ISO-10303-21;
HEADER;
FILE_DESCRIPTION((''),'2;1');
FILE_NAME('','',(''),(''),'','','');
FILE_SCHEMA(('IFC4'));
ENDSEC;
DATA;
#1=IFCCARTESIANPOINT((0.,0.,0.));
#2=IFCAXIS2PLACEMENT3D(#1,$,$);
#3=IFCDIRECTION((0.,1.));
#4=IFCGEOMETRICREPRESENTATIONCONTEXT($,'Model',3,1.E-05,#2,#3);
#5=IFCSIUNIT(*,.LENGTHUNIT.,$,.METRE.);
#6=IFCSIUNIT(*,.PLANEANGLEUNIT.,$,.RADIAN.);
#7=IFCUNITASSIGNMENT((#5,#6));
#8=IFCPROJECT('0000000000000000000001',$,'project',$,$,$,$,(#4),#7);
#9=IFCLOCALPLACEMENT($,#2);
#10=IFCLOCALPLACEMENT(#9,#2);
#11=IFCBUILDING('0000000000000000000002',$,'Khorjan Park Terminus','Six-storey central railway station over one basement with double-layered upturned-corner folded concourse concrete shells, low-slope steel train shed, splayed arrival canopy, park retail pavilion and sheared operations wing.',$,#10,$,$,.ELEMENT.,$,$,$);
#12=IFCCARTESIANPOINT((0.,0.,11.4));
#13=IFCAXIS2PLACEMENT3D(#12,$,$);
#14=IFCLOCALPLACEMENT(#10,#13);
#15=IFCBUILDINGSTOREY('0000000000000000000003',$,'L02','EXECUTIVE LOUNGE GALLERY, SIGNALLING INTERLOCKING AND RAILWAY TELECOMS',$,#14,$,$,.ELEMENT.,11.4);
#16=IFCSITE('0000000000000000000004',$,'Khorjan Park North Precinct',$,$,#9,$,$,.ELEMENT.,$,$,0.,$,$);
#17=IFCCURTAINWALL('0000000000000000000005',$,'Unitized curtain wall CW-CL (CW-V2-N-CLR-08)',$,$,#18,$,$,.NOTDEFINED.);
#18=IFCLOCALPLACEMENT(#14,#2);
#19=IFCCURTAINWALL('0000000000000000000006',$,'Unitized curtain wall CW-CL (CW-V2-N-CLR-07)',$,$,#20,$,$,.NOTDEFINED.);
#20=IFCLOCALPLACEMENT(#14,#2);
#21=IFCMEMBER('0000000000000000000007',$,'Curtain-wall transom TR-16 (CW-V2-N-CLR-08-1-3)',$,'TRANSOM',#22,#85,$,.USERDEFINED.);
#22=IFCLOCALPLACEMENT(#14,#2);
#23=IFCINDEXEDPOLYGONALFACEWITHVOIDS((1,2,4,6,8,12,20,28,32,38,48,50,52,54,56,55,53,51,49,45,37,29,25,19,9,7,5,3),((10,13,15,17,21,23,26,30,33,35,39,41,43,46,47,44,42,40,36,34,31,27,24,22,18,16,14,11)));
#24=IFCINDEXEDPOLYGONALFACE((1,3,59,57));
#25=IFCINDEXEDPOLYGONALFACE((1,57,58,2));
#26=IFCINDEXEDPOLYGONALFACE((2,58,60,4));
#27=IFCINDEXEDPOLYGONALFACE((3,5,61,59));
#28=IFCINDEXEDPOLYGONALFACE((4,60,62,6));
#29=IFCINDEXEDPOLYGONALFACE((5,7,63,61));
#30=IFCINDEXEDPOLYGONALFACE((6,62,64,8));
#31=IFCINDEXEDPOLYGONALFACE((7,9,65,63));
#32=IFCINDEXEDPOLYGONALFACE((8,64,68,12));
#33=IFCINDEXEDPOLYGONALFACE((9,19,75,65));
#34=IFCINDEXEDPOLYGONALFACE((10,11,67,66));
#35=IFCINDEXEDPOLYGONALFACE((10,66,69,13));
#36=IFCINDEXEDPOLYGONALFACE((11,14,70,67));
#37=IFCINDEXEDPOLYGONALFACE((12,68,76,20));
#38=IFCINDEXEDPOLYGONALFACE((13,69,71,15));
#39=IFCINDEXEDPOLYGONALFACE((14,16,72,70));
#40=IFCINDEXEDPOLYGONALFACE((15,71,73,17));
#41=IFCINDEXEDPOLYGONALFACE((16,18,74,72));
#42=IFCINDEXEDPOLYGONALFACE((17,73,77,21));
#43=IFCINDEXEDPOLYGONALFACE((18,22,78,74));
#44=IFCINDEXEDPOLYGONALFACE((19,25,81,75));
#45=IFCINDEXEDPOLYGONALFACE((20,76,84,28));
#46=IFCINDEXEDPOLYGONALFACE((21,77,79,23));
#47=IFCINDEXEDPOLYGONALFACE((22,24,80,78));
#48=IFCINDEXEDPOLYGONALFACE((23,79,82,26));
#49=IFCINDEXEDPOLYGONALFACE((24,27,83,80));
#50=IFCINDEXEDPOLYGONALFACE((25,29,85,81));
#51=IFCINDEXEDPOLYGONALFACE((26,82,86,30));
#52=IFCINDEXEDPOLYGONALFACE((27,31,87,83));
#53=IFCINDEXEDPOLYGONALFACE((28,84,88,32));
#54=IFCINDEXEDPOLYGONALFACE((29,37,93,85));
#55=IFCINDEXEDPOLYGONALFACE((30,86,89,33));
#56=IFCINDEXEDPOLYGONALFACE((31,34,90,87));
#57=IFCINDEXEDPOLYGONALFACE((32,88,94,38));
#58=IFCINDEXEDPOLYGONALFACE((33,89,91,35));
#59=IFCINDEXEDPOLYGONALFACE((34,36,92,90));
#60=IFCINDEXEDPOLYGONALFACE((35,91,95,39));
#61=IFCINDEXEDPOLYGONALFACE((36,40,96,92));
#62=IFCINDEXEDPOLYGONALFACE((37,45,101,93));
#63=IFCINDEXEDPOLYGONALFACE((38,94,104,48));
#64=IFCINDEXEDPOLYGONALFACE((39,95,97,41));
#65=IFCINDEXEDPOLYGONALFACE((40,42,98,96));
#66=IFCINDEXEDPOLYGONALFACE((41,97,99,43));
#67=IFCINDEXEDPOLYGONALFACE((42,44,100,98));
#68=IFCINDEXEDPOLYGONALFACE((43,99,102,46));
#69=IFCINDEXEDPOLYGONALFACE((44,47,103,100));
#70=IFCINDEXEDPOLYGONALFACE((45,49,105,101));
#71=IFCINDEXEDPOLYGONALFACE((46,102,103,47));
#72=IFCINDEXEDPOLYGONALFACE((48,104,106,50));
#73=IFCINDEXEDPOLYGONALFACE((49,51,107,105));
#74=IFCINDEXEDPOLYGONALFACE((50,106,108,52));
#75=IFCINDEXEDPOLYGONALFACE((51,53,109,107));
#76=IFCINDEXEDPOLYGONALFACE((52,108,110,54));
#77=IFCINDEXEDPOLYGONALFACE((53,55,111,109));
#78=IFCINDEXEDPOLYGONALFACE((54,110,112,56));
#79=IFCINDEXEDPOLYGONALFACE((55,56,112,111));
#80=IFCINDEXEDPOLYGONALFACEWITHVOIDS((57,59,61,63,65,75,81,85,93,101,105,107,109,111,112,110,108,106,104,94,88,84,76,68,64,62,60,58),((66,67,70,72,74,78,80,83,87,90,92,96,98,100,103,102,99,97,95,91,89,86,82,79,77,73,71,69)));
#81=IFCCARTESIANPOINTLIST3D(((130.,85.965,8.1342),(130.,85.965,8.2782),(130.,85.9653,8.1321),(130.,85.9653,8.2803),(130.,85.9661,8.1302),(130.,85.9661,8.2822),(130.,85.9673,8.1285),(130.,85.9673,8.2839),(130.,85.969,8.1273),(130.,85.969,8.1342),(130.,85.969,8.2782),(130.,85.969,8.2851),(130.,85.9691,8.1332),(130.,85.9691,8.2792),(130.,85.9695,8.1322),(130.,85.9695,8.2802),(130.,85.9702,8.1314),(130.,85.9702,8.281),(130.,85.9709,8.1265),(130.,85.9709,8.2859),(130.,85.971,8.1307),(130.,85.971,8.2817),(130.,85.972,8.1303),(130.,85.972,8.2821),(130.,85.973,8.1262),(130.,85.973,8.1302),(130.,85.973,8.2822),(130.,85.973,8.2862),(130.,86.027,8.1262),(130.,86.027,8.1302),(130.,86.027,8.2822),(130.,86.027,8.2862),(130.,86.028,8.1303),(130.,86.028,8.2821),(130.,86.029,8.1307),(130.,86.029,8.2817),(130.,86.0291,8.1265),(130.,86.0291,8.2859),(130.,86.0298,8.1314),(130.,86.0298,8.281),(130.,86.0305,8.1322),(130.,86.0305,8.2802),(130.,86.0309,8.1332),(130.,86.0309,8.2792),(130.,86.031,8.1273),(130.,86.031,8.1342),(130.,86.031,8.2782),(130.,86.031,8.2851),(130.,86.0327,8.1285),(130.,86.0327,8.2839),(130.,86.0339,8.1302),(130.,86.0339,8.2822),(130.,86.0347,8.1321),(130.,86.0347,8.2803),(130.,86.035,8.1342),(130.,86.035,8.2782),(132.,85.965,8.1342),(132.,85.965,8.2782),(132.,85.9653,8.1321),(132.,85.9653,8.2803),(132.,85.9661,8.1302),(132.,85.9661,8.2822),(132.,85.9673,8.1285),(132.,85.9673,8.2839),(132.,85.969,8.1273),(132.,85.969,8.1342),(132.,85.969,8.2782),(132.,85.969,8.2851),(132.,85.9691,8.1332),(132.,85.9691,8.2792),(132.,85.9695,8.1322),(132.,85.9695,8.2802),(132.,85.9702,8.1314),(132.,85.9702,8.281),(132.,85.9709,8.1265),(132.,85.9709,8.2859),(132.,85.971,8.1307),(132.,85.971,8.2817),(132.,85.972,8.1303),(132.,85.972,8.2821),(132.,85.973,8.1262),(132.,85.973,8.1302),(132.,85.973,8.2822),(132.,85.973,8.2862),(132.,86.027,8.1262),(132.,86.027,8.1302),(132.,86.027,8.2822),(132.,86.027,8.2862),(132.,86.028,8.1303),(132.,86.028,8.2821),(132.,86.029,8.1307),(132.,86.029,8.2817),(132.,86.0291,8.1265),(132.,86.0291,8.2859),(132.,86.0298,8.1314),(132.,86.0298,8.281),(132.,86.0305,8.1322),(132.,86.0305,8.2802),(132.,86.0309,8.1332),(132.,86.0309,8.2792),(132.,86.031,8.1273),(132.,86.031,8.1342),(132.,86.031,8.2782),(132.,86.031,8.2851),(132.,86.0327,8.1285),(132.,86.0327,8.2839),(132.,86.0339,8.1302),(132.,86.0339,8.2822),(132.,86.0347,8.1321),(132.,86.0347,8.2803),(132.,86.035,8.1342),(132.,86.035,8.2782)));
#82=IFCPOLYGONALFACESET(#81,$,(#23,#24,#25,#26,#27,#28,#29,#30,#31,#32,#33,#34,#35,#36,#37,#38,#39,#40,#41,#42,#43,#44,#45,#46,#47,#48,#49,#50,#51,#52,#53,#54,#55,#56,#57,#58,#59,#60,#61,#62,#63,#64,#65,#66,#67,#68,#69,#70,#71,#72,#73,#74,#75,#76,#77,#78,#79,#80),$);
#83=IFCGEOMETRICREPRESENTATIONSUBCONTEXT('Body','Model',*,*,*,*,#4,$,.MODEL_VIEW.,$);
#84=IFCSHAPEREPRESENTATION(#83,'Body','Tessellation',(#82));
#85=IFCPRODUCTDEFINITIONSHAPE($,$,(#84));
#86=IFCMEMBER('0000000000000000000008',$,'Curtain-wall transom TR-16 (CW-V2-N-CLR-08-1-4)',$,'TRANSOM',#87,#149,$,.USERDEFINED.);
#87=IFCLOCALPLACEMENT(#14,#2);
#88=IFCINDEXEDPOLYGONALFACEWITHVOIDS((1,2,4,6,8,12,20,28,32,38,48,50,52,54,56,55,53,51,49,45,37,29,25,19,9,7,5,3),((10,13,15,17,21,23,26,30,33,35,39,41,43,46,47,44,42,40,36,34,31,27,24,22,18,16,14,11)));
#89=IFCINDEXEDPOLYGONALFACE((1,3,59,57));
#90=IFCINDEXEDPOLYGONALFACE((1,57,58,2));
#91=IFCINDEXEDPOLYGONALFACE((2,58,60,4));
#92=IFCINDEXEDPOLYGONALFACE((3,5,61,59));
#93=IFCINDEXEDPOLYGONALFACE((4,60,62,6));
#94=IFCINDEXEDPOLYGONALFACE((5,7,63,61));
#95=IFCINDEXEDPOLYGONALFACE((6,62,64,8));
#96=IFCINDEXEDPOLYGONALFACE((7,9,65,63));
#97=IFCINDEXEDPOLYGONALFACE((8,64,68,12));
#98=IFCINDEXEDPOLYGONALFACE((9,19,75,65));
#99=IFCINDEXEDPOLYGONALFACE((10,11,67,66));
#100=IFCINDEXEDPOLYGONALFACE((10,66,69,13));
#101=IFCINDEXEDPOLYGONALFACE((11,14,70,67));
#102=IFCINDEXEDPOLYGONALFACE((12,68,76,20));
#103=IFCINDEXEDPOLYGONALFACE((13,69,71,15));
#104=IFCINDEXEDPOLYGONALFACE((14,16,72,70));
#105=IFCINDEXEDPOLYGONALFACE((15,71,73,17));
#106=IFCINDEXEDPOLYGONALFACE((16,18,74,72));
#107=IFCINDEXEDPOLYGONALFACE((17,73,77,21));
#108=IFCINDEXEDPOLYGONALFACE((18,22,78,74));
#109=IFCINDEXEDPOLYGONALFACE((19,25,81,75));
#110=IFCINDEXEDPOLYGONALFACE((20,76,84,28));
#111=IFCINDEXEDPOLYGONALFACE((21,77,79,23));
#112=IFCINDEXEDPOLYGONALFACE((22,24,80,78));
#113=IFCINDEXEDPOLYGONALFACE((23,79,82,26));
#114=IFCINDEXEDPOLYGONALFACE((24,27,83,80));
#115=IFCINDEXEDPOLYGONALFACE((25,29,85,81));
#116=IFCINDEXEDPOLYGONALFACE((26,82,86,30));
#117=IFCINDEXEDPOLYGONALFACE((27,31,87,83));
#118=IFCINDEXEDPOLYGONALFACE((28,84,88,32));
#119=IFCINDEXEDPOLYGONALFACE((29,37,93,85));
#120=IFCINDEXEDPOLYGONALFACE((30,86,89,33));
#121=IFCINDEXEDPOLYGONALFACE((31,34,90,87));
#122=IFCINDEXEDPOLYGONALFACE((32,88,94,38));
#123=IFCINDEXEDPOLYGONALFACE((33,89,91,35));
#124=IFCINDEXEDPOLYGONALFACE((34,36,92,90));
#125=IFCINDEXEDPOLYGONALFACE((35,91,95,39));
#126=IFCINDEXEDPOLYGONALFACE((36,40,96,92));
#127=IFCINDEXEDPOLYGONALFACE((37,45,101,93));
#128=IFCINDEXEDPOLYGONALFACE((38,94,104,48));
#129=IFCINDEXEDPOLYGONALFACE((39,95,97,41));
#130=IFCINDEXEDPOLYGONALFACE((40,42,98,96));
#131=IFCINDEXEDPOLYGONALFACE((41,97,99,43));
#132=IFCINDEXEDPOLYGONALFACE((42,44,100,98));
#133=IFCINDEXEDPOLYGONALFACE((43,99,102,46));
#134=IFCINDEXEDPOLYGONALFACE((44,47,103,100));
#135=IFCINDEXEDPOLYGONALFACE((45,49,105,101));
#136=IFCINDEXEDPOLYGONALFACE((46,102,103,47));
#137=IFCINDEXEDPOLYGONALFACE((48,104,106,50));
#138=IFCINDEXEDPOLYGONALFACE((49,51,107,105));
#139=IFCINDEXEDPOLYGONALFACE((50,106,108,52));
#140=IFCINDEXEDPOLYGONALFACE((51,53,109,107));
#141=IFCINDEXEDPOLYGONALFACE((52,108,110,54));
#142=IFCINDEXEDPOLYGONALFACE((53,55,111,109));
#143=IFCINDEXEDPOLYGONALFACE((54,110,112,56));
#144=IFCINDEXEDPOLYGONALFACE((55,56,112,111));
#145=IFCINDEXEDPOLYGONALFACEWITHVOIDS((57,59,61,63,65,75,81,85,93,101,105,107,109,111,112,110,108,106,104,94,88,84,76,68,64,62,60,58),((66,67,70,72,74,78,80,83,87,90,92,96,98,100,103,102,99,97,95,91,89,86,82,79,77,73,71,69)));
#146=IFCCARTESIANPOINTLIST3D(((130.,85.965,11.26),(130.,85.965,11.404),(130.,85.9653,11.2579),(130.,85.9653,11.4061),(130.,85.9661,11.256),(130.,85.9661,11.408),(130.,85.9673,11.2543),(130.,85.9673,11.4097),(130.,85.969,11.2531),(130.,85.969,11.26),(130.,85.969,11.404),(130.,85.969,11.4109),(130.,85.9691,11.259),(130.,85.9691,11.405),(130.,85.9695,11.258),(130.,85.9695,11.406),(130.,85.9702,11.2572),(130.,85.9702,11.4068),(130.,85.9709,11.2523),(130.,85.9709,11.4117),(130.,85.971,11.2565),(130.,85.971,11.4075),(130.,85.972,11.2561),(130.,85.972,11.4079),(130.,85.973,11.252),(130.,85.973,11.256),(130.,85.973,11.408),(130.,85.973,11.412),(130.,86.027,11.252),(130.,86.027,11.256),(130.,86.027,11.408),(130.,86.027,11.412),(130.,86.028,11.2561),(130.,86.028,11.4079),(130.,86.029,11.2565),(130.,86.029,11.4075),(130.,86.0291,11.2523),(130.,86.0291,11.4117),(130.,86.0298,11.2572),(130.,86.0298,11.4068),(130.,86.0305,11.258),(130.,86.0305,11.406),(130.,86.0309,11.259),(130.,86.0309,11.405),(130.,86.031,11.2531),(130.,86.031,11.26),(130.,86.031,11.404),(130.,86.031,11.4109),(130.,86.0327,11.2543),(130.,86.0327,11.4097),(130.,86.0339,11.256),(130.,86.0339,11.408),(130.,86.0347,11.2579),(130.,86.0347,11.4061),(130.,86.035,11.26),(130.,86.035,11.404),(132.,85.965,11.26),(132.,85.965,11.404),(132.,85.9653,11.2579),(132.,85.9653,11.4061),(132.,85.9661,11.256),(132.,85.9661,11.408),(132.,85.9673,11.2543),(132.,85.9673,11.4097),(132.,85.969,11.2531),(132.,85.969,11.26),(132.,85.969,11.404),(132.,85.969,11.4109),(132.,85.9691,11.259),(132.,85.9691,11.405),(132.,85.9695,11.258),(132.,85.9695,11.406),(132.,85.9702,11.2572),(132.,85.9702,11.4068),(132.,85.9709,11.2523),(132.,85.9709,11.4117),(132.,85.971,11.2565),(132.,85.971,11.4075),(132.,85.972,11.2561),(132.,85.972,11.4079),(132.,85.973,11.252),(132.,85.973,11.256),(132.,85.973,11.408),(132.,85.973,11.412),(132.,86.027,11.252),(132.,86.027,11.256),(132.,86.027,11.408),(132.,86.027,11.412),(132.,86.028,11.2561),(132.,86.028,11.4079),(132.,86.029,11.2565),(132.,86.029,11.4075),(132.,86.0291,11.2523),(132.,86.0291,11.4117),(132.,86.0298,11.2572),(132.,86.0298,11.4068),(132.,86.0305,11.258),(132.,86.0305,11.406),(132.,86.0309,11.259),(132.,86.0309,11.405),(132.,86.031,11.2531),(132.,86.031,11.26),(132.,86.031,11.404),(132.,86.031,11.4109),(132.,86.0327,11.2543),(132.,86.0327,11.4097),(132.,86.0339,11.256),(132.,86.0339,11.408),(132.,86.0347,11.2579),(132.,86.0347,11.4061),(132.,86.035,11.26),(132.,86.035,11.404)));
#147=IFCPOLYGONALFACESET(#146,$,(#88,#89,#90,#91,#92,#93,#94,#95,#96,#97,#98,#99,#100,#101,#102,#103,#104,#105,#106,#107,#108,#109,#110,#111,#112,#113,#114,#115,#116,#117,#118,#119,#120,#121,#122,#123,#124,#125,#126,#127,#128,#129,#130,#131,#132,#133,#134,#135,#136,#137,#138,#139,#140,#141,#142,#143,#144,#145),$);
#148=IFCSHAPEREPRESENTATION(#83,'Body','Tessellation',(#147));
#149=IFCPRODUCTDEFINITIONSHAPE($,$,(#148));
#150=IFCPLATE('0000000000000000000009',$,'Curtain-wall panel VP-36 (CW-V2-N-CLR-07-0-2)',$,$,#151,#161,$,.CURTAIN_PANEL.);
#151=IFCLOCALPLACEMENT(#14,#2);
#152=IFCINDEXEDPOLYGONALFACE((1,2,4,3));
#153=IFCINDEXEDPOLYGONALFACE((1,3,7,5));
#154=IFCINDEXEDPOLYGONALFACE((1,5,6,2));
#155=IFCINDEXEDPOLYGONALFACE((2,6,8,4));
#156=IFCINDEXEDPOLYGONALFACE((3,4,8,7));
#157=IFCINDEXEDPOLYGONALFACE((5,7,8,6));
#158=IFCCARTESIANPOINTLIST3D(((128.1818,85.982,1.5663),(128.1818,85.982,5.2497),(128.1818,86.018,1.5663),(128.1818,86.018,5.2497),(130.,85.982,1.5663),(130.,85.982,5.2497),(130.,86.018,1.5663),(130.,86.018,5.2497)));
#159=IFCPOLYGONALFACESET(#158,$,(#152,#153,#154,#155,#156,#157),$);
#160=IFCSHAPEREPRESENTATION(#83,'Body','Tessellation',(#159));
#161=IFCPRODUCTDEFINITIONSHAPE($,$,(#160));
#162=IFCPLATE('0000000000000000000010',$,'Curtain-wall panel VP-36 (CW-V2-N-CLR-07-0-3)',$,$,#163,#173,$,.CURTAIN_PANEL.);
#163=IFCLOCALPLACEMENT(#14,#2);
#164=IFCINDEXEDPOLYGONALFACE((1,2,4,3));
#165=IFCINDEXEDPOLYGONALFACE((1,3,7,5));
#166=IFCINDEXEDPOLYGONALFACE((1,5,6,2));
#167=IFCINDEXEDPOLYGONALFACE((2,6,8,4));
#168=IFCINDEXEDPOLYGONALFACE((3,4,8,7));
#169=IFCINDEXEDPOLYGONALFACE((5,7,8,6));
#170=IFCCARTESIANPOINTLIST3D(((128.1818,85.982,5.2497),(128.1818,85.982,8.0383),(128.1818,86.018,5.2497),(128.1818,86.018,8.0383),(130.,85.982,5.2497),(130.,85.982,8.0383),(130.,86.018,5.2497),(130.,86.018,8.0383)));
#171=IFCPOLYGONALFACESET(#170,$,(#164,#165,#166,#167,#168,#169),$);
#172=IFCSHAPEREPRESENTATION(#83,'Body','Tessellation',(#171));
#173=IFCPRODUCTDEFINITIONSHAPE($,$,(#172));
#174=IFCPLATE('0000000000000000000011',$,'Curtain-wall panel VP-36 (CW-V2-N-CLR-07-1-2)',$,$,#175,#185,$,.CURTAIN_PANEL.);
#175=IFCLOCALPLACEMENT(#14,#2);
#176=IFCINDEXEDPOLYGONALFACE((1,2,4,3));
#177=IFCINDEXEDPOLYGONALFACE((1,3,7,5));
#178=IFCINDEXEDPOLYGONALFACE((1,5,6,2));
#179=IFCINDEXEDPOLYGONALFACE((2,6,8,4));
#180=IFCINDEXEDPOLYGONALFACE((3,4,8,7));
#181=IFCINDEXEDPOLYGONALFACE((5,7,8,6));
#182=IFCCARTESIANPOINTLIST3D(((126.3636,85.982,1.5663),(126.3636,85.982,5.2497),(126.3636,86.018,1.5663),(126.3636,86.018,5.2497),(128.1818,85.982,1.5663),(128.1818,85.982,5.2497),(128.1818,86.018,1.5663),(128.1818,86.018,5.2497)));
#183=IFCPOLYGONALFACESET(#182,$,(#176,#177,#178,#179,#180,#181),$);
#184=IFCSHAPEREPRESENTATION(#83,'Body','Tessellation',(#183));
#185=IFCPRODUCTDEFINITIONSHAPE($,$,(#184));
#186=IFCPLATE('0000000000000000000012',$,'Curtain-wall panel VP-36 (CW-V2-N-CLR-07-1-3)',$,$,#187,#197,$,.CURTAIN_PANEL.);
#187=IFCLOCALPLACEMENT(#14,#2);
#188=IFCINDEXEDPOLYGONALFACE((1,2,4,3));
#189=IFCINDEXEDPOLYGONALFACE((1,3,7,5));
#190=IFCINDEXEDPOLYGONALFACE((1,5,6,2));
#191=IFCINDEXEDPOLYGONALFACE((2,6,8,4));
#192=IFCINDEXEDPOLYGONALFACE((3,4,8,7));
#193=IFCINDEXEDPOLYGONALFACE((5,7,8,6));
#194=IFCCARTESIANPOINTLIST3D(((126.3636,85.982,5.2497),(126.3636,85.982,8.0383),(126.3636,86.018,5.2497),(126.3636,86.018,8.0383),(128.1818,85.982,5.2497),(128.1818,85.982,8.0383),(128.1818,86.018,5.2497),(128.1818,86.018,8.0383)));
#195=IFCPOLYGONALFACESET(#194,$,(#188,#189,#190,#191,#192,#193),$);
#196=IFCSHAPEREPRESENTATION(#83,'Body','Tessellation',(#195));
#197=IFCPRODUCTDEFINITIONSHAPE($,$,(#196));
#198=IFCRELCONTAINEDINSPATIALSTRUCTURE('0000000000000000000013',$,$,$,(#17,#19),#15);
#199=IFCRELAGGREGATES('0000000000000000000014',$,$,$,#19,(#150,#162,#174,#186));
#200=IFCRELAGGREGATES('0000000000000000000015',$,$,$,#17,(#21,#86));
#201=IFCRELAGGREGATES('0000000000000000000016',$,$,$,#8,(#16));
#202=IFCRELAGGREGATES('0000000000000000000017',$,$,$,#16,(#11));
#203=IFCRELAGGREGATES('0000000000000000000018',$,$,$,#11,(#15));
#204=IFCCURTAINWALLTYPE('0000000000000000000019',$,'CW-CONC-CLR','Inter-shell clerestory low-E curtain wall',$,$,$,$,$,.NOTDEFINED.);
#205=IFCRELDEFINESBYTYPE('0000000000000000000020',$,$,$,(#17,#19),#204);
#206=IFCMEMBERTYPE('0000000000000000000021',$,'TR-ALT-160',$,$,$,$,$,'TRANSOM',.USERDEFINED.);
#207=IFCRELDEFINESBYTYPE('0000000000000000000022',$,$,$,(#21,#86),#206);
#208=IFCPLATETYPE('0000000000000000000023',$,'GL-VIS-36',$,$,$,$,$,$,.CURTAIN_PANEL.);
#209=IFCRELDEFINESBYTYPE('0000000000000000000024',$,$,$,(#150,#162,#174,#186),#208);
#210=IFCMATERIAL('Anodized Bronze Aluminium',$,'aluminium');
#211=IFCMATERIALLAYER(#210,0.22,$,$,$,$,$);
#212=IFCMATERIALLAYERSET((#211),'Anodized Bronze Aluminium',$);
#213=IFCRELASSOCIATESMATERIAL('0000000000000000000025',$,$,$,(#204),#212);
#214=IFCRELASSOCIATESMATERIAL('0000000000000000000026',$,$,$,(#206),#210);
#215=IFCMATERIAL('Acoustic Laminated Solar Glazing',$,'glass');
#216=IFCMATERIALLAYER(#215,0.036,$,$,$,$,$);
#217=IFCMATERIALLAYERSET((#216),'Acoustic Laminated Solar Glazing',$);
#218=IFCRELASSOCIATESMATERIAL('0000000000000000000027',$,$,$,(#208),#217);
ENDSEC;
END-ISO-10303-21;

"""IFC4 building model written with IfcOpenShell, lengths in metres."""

from ifc_helpers import new_model, si_unit, direction, frame, origin, origin_2d, place, context, subcontext, project, spatial, rectangle, hollow_rectangle, extrude, material, layer, layer_set, material_profile, profile_set, type_object, element, aggregate, save


model = new_model("IFC4")

# Units and contexts
model_context = context("Model", 3, precision=1e-05, world=origin(), true_north=direction((0.0, 1.0)))
body_context = subcontext(model_context, "Body", "Model", "MODEL_VIEW")
ifc_project = project(units=[si_unit("LENGTHUNIT", "METRE"), si_unit("PLANEANGLEUNIT", "RADIAN")], contexts=[model_context])

# Site, building, storey
site_placement = place(None, origin())
site = spatial("IfcSite", under=ifc_project, at=site_placement, Name="Khorjan Park North Precinct", CompositionType="ELEMENT", RefElevation=0.0)
building_placement = place(site_placement, origin())
building = spatial("IfcBuilding", under=site, at=building_placement, Name="Khorjan Park Terminus", Description="Six-storey central railway station over one basement with double-layered upturned-corner folded concourse concrete shells, low-slope steel train shed, splayed arrival canopy, park retail pavilion and sheared operations wing.", CompositionType="ELEMENT")
storey_placement = place(building_placement, frame((0.0, 0.0, 11.4)))
storey = spatial("IfcBuildingStorey", under=building, at=storey_placement, Name="L02", Description="EXECUTIVE LOUNGE GALLERY, SIGNALLING INTERLOCKING AND RAILWAY TELECOMS", CompositionType="ELEMENT", Elevation=11.4)

# Curtain wall
ifc_material_1 = material(Name="Anodized Bronze Aluminium", Category="aluminium")
ifc_layer_1 = layer(ifc_material_1, 0.22)
ifc_layer_set_1 = layer_set([ifc_layer_1], Name="Anodized Bronze Aluminium")
curtain_wall_type = type_object("IfcCurtainWallType", Name="CW-CONC-CLR", Description="Inter-shell clerestory low-E curtain wall", PredefinedType="NOTDEFINED", material=ifc_layer_set_1)
curtain_wall_1_placement = place(storey_placement, origin())
curtain_wall_1 = element("IfcCurtainWall", 1, at=curtain_wall_1_placement, inside=storey, type_object=curtain_wall_type, Name="Unitized curtain wall CW-CL (CW-V2-N-CLR-08)", PredefinedType="NOTDEFINED")

# Curtain wall
curtain_wall_2_placement = place(storey_placement, origin())
curtain_wall_2 = element("IfcCurtainWall", 2, at=curtain_wall_2_placement, inside=storey, type_object=curtain_wall_type, Name="Unitized curtain wall CW-CL (CW-V2-N-CLR-07)", PredefinedType="NOTDEFINED")
ifc_material_profile_1 = material_profile(ifc_material_1, hollow_rectangle(XDim=0.07, YDim=0.16, WallThickness=0.004, InnerFilletRadius=0.004, OuterFilletRadius=0.008, at=origin_2d()), Name="ALT 70x160x4")
ifc_profile_set_1 = profile_set([ifc_material_profile_1], Name="Anodized Bronze Aluminium")
member_type_1 = type_object("IfcMemberType", Name="TR-ALT-160", ElementType="TRANSOM", PredefinedType="USERDEFINED", material=ifc_profile_set_1)

# Members
member_1_placement = place(storey_placement, frame((132.0, 86.0, 8.2062), z_axis=(-1.0, 0.0, 0.0), x_axis=(0.0, -1.0, 0.0)))
member_1 = element("IfcMember", 3, at=member_1_placement, type_object=member_type_1, Name="Curtain-wall transom TR-16 (CW-V2-N-CLR-08-1-3)", ObjectType="TRANSOM", PredefinedType="USERDEFINED", context=body_context, shape_type="SweptSolid", body=[
    extrude(hollow_rectangle(XDim=0.07, YDim=0.16, WallThickness=0.004, InnerFilletRadius=0.004, OuterFilletRadius=0.008, at=origin_2d()), origin(), (0.0, 0.0, 1.0), 2.0),
])
member_2_placement = place(storey_placement, frame((132.0, 86.0, 11.332), z_axis=(-1.0, 0.0, 0.0), x_axis=(0.0, -1.0, 0.0)))
member_2 = element("IfcMember", 4, at=member_2_placement, type_object=member_type_1, Name="Curtain-wall transom TR-16 (CW-V2-N-CLR-08-1-4)", ObjectType="TRANSOM", PredefinedType="USERDEFINED", context=body_context, shape_type="SweptSolid", body=[
    extrude(hollow_rectangle(XDim=0.07, YDim=0.16, WallThickness=0.004, InnerFilletRadius=0.004, OuterFilletRadius=0.008, at=origin_2d()), origin(), (0.0, 0.0, 1.0), 2.0),
])

# Plates
ifc_material_2 = material(Name="Acoustic Laminated Solar Glazing", Category="glass")
ifc_layer_2 = layer(ifc_material_2, 0.036)
ifc_layer_set_2 = layer_set([ifc_layer_2], Name="Acoustic Laminated Solar Glazing")
plate_type_1 = type_object("IfcPlateType", Name="GL-VIS-36", PredefinedType="CURTAIN_PANEL", material=ifc_layer_set_2)
plate_1_placement = place(storey_placement, frame((129.0909, 86.0, 1.5663), z_axis=(0.0, 0.0, 1.0), x_axis=(-1.0, 0.0, 0.0)))
plate_1 = element("IfcPlate", 5, at=plate_1_placement, type_object=plate_type_1, Name="Curtain-wall panel VP-36 (CW-V2-N-CLR-07-0-2)", PredefinedType="CURTAIN_PANEL", context=body_context, shape_type="SweptSolid", body=[
    extrude(rectangle(XDim=1.8182, YDim=0.036, at=origin_2d()), origin(), (0.0, 0.0, 1.0), 3.6834),
])
plate_2_placement = place(storey_placement, frame((129.0909, 86.0, 5.2497), z_axis=(0.0, 0.0, 1.0), x_axis=(-1.0, 0.0, 0.0)))
plate_2 = element("IfcPlate", 6, at=plate_2_placement, type_object=plate_type_1, Name="Curtain-wall panel VP-36 (CW-V2-N-CLR-07-0-3)", PredefinedType="CURTAIN_PANEL", context=body_context, shape_type="SweptSolid", body=[
    extrude(rectangle(XDim=1.8182, YDim=0.036, at=origin_2d()), origin(), (0.0, 0.0, 1.0), 2.7886),
])
plate_3_placement = place(storey_placement, frame((127.2727, 86.0, 1.5663), z_axis=(0.0, 0.0, 1.0), x_axis=(-1.0, 0.0, 0.0)))
plate_3 = element("IfcPlate", 7, at=plate_3_placement, type_object=plate_type_1, Name="Curtain-wall panel VP-36 (CW-V2-N-CLR-07-1-2)", PredefinedType="CURTAIN_PANEL", context=body_context, shape_type="SweptSolid", body=[
    extrude(rectangle(XDim=1.8182, YDim=0.036, at=origin_2d()), origin(), (0.0, 0.0, 1.0), 3.6834),
])
plate_4_placement = place(storey_placement, frame((127.2727, 86.0, 5.2497), z_axis=(0.0, 0.0, 1.0), x_axis=(-1.0, 0.0, 0.0)))
plate_4 = element("IfcPlate", 8, at=plate_4_placement, type_object=plate_type_1, Name="Curtain-wall panel VP-36 (CW-V2-N-CLR-07-1-3)", PredefinedType="CURTAIN_PANEL", context=body_context, shape_type="SweptSolid", body=[
    extrude(rectangle(XDim=1.8182, YDim=0.036, at=origin_2d()), origin(), (0.0, 0.0, 1.0), 2.7886),
])
aggregate(curtain_wall_2, [plate_1, plate_2, plate_3, plate_4])

aggregate(curtain_wall_1, [member_1, member_2])

save(model, "model.ifc")
